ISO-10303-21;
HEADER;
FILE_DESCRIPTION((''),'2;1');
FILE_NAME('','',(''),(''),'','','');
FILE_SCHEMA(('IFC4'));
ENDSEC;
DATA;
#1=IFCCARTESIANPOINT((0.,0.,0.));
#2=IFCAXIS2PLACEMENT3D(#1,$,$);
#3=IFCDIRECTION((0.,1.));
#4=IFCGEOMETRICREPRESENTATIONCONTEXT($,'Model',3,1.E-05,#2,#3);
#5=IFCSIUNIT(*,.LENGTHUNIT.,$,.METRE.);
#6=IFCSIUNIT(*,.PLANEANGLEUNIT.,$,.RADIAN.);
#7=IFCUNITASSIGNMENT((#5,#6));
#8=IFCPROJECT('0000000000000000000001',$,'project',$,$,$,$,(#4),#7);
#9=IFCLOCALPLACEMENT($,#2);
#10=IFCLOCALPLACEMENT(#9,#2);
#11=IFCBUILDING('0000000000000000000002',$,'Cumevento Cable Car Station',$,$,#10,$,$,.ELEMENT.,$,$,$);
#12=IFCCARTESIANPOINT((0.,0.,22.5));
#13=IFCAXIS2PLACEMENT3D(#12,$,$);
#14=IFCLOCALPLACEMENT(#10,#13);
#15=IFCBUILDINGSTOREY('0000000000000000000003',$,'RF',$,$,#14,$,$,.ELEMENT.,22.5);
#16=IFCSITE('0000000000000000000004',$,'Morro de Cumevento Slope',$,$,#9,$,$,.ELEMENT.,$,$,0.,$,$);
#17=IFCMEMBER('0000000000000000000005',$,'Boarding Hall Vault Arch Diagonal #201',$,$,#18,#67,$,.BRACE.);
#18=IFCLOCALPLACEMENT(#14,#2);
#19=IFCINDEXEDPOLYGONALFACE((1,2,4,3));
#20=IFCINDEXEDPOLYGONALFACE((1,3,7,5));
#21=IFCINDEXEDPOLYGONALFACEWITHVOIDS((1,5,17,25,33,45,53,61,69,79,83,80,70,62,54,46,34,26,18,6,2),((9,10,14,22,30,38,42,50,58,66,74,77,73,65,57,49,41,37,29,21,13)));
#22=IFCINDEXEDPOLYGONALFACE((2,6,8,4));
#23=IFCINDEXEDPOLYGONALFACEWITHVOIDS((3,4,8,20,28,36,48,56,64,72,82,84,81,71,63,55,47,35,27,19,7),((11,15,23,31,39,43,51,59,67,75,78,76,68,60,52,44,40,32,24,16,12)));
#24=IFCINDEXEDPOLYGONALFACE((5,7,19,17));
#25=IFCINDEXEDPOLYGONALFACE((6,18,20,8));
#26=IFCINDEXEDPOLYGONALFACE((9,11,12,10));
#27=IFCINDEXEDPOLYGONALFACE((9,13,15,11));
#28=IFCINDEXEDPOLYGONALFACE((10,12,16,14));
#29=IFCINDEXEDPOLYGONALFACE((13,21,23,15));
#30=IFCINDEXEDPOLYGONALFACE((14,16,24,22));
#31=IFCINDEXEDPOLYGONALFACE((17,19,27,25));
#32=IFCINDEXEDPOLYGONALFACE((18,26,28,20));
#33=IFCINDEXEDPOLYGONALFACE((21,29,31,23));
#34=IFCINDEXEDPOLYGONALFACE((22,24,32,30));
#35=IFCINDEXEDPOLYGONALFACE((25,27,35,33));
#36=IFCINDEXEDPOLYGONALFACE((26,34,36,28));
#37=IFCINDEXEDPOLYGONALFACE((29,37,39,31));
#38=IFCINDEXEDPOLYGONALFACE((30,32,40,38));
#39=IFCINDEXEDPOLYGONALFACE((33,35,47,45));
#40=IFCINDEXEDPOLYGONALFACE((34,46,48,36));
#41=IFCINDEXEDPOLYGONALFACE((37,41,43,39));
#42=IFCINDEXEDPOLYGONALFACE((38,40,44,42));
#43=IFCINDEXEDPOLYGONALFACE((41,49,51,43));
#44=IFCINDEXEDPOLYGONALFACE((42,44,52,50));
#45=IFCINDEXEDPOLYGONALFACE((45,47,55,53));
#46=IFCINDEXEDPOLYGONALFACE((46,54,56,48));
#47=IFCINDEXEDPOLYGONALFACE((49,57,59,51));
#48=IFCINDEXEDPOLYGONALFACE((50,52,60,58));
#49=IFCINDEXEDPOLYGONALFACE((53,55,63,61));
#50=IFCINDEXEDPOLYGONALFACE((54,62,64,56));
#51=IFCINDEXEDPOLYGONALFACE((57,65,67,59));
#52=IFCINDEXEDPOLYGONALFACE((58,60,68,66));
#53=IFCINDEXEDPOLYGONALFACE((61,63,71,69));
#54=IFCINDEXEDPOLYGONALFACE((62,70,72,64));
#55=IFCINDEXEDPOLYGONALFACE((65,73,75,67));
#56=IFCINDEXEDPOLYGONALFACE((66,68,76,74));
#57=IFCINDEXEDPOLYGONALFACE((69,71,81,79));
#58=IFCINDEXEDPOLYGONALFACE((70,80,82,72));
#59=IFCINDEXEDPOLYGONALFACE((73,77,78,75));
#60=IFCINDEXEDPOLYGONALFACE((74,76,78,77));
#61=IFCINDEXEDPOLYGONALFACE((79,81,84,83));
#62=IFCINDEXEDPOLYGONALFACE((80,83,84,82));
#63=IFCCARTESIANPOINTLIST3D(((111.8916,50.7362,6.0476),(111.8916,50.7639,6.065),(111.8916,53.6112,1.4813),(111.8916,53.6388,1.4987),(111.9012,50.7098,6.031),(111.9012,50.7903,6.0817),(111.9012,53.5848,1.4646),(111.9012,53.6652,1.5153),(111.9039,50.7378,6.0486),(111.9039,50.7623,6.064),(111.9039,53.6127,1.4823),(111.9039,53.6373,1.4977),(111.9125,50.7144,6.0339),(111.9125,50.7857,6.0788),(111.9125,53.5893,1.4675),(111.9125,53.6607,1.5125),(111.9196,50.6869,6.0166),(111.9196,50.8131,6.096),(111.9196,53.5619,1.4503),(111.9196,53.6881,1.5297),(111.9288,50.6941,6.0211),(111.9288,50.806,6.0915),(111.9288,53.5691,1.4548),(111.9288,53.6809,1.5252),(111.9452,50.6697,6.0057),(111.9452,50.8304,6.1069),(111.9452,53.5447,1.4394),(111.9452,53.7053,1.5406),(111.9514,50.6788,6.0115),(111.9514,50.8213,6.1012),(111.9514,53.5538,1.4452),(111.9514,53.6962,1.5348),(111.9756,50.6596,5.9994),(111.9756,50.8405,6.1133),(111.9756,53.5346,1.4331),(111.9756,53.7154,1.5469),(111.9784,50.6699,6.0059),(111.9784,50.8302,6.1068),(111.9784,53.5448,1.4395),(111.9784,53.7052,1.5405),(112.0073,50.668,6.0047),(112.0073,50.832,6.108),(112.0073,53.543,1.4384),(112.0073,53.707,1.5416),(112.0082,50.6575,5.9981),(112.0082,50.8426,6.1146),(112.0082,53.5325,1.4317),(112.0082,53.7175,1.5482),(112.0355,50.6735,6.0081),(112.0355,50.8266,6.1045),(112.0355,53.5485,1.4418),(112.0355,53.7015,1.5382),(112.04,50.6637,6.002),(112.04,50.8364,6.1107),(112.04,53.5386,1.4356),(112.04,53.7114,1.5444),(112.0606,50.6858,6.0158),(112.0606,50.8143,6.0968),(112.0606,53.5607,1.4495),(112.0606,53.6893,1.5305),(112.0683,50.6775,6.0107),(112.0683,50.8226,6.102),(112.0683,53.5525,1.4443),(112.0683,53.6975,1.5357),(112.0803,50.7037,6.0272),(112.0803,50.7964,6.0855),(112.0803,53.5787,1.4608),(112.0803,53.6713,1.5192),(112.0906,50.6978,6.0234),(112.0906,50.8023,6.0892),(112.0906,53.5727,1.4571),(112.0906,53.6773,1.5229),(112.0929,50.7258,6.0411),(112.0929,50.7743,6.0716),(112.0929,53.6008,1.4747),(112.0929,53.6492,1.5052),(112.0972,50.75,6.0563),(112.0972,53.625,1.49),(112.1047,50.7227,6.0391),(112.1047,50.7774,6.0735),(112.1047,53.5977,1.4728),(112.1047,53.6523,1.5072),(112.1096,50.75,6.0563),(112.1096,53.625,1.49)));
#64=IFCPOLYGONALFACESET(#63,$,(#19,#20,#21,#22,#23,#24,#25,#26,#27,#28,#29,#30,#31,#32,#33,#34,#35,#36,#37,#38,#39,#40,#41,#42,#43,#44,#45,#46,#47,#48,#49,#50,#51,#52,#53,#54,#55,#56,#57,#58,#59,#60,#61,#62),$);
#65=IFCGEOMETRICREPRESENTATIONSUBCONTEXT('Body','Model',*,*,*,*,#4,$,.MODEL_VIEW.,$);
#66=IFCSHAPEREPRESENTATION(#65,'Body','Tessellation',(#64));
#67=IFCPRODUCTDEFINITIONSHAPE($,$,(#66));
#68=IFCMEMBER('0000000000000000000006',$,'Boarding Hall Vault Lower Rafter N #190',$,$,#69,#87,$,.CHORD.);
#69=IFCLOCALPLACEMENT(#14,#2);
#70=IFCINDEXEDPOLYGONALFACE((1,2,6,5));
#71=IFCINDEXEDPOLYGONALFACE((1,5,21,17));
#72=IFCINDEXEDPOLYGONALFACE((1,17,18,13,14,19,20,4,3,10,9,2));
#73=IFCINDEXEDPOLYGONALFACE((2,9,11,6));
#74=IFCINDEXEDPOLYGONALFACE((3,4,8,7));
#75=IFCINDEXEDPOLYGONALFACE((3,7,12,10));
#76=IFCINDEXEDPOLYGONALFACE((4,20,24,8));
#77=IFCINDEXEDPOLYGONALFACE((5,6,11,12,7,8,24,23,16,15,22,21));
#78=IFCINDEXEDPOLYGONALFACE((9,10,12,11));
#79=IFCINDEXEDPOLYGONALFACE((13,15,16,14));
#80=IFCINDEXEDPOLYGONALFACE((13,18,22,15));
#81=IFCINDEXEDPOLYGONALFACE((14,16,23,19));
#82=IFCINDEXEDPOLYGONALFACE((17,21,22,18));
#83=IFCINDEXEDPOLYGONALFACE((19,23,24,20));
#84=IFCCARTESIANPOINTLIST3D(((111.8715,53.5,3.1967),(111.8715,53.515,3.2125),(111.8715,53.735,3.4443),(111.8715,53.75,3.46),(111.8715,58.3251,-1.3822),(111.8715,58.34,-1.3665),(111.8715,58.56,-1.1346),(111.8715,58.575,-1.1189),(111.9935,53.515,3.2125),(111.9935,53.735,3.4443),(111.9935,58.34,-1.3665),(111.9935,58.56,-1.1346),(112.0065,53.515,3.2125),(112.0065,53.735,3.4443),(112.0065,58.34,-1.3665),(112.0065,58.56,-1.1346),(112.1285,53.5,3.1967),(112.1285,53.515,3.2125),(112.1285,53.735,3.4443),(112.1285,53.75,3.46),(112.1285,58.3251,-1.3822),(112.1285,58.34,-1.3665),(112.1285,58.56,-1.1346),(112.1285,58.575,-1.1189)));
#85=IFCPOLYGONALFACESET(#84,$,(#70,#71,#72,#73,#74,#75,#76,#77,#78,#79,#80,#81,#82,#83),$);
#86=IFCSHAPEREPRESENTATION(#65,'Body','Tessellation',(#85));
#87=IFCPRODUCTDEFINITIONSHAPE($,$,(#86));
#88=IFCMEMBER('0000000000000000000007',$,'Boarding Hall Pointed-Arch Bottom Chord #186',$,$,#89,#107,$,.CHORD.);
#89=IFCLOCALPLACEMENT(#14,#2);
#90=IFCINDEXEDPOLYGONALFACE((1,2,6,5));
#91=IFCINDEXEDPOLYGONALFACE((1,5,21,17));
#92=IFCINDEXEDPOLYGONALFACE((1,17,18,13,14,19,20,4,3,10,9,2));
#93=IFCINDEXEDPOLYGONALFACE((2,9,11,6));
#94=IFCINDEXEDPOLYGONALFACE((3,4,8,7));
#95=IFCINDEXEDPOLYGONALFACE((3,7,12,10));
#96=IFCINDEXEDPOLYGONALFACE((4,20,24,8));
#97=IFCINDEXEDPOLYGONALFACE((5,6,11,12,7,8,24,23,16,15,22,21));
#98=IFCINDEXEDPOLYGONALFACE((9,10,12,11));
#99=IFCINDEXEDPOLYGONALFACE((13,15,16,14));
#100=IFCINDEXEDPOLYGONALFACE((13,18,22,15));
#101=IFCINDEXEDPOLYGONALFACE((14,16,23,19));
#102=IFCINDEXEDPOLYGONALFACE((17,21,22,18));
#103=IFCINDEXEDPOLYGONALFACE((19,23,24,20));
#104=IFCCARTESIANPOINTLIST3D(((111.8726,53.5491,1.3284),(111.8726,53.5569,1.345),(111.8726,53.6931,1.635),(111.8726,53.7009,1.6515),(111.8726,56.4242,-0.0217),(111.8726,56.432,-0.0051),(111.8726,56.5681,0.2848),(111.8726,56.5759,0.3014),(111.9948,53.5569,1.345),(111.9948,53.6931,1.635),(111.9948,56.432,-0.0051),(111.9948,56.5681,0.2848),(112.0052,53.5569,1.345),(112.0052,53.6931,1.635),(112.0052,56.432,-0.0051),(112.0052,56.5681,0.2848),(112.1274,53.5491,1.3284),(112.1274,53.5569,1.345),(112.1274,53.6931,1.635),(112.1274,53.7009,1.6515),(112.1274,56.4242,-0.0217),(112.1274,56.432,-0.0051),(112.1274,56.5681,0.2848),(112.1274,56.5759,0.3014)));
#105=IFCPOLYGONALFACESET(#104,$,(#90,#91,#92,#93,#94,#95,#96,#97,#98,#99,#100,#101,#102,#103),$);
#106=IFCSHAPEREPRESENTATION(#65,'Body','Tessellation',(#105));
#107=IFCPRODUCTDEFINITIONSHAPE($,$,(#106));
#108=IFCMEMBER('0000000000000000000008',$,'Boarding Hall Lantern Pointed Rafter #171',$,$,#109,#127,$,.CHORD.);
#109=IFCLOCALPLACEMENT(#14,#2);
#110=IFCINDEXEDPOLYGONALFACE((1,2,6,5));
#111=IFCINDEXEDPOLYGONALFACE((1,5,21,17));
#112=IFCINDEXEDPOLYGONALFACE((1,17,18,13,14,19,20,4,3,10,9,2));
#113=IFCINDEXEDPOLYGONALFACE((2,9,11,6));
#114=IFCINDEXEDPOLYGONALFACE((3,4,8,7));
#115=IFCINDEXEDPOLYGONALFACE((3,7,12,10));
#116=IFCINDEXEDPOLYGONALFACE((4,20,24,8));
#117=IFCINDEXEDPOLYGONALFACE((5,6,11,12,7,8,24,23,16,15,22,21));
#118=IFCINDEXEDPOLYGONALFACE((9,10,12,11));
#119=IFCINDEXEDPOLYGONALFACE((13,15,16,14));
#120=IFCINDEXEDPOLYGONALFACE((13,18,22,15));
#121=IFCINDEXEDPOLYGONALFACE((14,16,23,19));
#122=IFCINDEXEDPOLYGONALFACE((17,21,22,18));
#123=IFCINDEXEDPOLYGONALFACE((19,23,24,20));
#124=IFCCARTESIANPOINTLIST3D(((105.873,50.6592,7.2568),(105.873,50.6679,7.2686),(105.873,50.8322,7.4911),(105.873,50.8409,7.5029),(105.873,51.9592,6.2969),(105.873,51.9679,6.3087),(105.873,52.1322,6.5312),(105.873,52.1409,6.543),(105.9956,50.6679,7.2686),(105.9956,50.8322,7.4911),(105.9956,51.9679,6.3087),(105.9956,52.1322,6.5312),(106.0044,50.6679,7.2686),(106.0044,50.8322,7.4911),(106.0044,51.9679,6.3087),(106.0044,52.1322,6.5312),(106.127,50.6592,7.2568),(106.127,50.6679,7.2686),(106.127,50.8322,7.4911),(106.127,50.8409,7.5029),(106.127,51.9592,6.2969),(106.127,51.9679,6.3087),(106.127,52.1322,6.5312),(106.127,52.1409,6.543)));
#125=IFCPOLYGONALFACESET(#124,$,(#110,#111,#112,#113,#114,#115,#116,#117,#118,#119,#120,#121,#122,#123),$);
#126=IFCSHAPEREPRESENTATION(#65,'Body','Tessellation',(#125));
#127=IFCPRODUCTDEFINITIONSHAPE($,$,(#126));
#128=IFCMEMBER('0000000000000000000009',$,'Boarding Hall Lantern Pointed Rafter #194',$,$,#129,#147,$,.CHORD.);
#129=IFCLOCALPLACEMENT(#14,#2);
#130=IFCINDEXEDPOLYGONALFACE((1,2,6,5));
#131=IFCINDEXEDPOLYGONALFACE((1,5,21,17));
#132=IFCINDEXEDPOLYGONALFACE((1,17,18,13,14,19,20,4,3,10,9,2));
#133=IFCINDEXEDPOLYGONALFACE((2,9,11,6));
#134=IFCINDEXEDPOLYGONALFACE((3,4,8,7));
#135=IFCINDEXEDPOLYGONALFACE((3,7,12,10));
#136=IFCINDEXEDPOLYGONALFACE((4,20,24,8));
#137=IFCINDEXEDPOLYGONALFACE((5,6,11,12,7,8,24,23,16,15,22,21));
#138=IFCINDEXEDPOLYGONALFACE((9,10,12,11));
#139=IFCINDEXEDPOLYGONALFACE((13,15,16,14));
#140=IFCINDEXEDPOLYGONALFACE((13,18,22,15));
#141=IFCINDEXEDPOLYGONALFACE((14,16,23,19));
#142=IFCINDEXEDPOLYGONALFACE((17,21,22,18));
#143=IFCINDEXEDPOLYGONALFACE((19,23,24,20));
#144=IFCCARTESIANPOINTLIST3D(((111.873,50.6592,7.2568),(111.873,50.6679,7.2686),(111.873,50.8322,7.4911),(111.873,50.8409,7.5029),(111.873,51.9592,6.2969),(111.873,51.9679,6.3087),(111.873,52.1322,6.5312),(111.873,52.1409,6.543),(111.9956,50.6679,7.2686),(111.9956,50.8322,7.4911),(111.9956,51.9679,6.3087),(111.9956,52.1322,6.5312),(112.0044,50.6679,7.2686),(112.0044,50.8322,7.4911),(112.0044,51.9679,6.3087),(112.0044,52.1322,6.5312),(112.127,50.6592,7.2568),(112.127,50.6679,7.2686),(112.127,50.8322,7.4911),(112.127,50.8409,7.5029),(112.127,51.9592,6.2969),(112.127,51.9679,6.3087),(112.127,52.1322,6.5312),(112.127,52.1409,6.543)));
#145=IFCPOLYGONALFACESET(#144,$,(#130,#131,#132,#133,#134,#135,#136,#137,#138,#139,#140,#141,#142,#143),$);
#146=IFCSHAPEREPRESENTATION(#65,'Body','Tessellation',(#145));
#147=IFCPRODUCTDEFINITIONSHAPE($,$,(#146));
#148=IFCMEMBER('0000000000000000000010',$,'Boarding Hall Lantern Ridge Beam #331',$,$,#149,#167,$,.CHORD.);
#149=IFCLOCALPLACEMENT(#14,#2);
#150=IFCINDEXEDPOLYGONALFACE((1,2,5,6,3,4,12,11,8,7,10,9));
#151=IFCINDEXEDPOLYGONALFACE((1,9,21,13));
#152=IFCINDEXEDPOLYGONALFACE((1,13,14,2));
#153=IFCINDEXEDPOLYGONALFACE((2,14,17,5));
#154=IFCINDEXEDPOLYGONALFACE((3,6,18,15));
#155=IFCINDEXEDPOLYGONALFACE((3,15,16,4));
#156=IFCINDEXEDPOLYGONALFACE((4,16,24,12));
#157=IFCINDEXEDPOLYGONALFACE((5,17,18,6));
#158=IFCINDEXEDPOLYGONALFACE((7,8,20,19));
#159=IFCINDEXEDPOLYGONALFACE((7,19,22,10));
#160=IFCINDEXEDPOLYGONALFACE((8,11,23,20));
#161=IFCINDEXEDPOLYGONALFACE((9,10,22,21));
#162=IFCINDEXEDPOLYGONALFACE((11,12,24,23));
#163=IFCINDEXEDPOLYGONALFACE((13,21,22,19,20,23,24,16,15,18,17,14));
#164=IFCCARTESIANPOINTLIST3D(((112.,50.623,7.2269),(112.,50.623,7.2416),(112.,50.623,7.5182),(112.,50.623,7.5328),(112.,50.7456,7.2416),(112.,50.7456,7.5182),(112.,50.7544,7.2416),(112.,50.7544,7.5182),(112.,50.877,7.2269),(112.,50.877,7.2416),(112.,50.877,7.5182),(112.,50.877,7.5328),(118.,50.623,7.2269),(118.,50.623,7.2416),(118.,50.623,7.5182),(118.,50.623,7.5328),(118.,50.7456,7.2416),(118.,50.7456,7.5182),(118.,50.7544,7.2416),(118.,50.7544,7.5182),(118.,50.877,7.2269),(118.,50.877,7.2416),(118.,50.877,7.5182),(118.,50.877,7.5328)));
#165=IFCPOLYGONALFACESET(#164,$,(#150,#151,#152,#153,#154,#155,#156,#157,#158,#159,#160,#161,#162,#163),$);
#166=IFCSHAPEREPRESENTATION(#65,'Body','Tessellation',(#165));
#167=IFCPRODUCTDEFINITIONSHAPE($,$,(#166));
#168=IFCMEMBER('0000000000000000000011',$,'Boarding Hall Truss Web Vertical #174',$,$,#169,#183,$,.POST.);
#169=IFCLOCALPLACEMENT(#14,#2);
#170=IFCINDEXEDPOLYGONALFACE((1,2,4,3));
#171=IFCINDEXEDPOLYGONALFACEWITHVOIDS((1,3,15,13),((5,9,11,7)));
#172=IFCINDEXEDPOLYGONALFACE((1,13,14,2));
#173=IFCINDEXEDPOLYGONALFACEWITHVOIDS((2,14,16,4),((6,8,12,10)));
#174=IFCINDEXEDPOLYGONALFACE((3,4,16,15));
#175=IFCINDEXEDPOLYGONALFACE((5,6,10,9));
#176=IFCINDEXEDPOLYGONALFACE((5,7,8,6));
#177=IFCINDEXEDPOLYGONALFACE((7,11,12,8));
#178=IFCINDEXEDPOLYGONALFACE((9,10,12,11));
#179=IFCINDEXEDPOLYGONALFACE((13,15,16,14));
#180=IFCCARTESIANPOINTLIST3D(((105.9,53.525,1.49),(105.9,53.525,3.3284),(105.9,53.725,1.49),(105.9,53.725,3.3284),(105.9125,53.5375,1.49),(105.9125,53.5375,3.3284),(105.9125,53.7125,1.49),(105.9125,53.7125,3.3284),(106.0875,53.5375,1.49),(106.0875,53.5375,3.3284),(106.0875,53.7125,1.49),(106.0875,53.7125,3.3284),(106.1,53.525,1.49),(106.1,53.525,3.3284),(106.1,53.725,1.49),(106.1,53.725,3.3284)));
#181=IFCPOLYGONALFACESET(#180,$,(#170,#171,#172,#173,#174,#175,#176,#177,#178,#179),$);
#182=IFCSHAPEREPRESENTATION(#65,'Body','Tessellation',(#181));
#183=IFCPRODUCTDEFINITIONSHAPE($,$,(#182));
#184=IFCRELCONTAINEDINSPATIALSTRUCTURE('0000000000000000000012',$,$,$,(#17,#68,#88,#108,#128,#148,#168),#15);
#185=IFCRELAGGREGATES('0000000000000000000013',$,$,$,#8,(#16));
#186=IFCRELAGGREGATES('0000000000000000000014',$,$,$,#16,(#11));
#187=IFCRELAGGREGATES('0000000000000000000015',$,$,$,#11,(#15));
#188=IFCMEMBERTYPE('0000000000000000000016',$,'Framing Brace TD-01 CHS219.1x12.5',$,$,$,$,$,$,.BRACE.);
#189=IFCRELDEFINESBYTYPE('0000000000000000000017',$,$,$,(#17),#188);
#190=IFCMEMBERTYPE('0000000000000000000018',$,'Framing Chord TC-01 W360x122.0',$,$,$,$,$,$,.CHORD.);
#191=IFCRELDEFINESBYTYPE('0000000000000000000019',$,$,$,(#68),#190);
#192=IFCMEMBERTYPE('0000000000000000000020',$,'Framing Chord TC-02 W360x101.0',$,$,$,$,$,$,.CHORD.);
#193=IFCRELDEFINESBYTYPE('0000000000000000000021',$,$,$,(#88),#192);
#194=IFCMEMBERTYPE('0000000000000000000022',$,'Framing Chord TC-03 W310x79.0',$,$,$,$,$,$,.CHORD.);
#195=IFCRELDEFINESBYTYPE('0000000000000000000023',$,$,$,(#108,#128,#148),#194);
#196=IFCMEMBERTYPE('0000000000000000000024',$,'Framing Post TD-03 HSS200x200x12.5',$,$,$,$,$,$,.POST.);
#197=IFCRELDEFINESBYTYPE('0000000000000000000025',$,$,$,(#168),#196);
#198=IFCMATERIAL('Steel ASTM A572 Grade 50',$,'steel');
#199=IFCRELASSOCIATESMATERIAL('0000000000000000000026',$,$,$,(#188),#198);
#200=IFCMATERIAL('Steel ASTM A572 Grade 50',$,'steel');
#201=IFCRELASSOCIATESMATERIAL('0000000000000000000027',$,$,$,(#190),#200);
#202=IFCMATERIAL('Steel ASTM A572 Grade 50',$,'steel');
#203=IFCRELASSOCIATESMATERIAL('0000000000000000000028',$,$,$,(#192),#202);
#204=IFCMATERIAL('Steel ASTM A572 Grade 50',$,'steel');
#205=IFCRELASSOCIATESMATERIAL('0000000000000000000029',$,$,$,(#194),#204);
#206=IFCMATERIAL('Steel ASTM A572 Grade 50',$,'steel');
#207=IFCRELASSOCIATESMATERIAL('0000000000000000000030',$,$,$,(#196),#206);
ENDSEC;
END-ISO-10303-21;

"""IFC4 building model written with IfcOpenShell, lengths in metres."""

from ifc_helpers import new_model, si_unit, direction, frame, origin, origin_2d, place, context, subcontext, project, spatial, hollow_rectangle, hollow_circle, i_section, extrude, material, material_profile, profile_set, type_object, element, save


model = new_model("IFC4")

# Units and contexts
model_context = context("Model", 3, precision=1e-05, world=origin(), true_north=direction((0.0, 1.0)))
body_context = subcontext(model_context, "Body", "Model", "MODEL_VIEW")
ifc_project = project(units=[si_unit("LENGTHUNIT", "METRE"), si_unit("PLANEANGLEUNIT", "RADIAN")], contexts=[model_context])

# Site, building, storey
site_placement = place(None, origin())
site = spatial("IfcSite", under=ifc_project, at=site_placement, Name="Morro de Cumevento Slope", CompositionType="ELEMENT", RefElevation=0.0)
building_placement = place(site_placement, origin())
building = spatial("IfcBuilding", under=site, at=building_placement, Name="Cumevento Cable Car Station", CompositionType="ELEMENT")
storey_placement = place(building_placement, frame((0.0, 0.0, 22.5)))
storey = spatial("IfcBuildingStorey", under=building, at=storey_placement, Name="RF", CompositionType="ELEMENT", Elevation=22.5)

# Members
ifc_material_1 = material(Name="Steel ASTM A572 Grade 50", Category="steel")
ifc_material_profile_1 = material_profile(ifc_material_1, hollow_circle(Radius=0.1096, WallThickness=0.0125, at=origin_2d()), Name="CHS219.1x12.5")
ifc_profile_set_1 = profile_set([ifc_material_profile_1], Name="Steel ASTM A572 Grade 50")
member_type_1 = type_object("IfcMemberType", Name="Framing Brace TD-01 CHS219.1x12.5", PredefinedType="BRACE", material=ifc_profile_set_1)
for number, where, z_axis, x_axis, name in (
    (1, (112.0, 53.625, 1.49), (0.0, -0.532794, 0.846245), (1.0, 0.0, 0.0), "Boarding Hall Vault Arch Diagonal #201"),
):
    element("IfcMember", number, at=place(storey_placement, frame(where, z_axis=z_axis, x_axis=x_axis)), inside=storey, type_object=member_type_1, Name=name, PredefinedType="BRACE", context=body_context, shape_type="SweptSolid", body=[
        extrude(hollow_circle(Radius=0.1096, WallThickness=0.0125, at=origin_2d()), origin(), (0.0, 0.0, 1.0), 5.396),
    ])
ifc_material_2 = material(Name="Steel ASTM A572 Grade 50", Category="steel")
ifc_material_profile_2 = material_profile(ifc_material_2, i_section(OverallWidth=0.2571, OverallDepth=0.363, WebThickness=0.0129, FlangeThickness=0.0217, at=origin_2d()), Name="W360x122.0")
ifc_profile_set_2 = profile_set([ifc_material_profile_2], Name="Steel ASTM A572 Grade 50")
member_type_2 = type_object("IfcMemberType", Name="Framing Chord TC-01 W360x122.0", PredefinedType="CHORD", material=ifc_profile_set_2)
member_1_placement = place(storey_placement, frame((112.0, 53.625, 3.3284), z_axis=(0.0, 0.725363, -0.688366), x_axis=(-1.0, 0.0, 0.0)))
element("IfcMember", 2, at=member_1_placement, inside=storey, type_object=member_type_2, Name="Boarding Hall Vault Lower Rafter N #190", PredefinedType="CHORD", context=body_context, shape_type="SweptSolid", body=[
    extrude(i_section(OverallWidth=0.2571, OverallDepth=0.363, WebThickness=0.0129, FlangeThickness=0.0217, at=origin_2d()), origin(), (0.0, 0.0, 1.0), 6.6519),
])
ifc_material_3 = material(Name="Steel ASTM A572 Grade 50", Category="steel")
ifc_material_profile_3 = material_profile(ifc_material_3, i_section(OverallWidth=0.2549, OverallDepth=0.3569, WebThickness=0.0105, FlangeThickness=0.0183, at=origin_2d()), Name="W360x101.0")
ifc_profile_set_3 = profile_set([ifc_material_profile_3], Name="Steel ASTM A572 Grade 50")
member_type_3 = type_object("IfcMemberType", Name="Framing Chord TC-02 W360x101.0", PredefinedType="CHORD", material=ifc_profile_set_3)
member_2_placement = place(storey_placement, frame((112.0, 53.625, 1.49), z_axis=(0.0, 0.905163, -0.425064), x_axis=(-1.0, 0.0, 0.0)))
element("IfcMember", 3, at=member_2_placement, inside=storey, type_object=member_type_3, Name="Boarding Hall Pointed-Arch Bottom Chord #186", PredefinedType="CHORD", context=body_context, shape_type="SweptSolid", body=[
    extrude(i_section(OverallWidth=0.2549, OverallDepth=0.3569, WebThickness=0.0105, FlangeThickness=0.0183, at=origin_2d()), origin(), (0.0, 0.0, 1.0), 3.1763),
])
ifc_material_4 = material(Name="Steel ASTM A572 Grade 50", Category="steel")
ifc_material_profile_4 = material_profile(ifc_material_4, i_section(OverallWidth=0.2539, OverallDepth=0.3059, WebThickness=0.0088, FlangeThickness=0.0146, at=origin_2d()), Name="W310x79.0")
ifc_profile_set_4 = profile_set([ifc_material_profile_4], Name="Steel ASTM A572 Grade 50")
member_type_4 = type_object("IfcMemberType", Name="Framing Chord TC-03 W310x79.0", PredefinedType="CHORD", material=ifc_profile_set_4)
for number, where, z_axis, x_axis, name in (
    (4, (106.0, 52.05, 6.4199), (0.0, -0.804455, 0.594013), (1.0, 0.0, 0.0), "Boarding Hall Lantern Pointed Rafter #171"),
    (5, (112.0, 52.05, 6.4199), (0.0, -0.804455, 0.594013), (1.0, 0.0, 0.0), "Boarding Hall Lantern Pointed Rafter #194"),
):
    element("IfcMember", number, at=place(storey_placement, frame(where, z_axis=z_axis, x_axis=x_axis)), inside=storey, type_object=member_type_4, Name=name, PredefinedType="CHORD", context=body_context, shape_type="SweptSolid", body=[
        extrude(i_section(OverallWidth=0.2539, OverallDepth=0.3059, WebThickness=0.0088, FlangeThickness=0.0146, at=origin_2d()), origin(), (0.0, 0.0, 1.0), 1.616),
    ])
member_3_placement = place(storey_placement, frame((112.0, 50.75, 7.3799), z_axis=(1.0, 0.0, 0.0), x_axis=(0.0, 1.0, 0.0)))
element("IfcMember", 6, at=member_3_placement, inside=storey, type_object=member_type_4, Name="Boarding Hall Lantern Ridge Beam #331", PredefinedType="CHORD", context=body_context, shape_type="SweptSolid", body=[
    extrude(i_section(OverallWidth=0.2539, OverallDepth=0.3059, WebThickness=0.0088, FlangeThickness=0.0146, at=origin_2d()), origin(), (0.0, 0.0, 1.0), 6.0),
])
ifc_material_5 = material(Name="Steel ASTM A572 Grade 50", Category="steel")
ifc_material_profile_5 = material_profile(ifc_material_5, hollow_rectangle(XDim=0.2, YDim=0.2, WallThickness=0.0125, at=origin_2d()), Name="HSS200x200x12.5")
ifc_profile_set_5 = profile_set([ifc_material_profile_5], Name="Steel ASTM A572 Grade 50")
member_type_5 = type_object("IfcMemberType", Name="Framing Post TD-03 HSS200x200x12.5", PredefinedType="POST", material=ifc_profile_set_5)
member_4_placement = place(storey_placement, frame((106.0, 53.625, 1.49), z_axis=(0.0, 0.0, 1.0), x_axis=(1.0, 0.0, 0.0)))
element("IfcMember", 7, at=member_4_placement, inside=storey, type_object=member_type_5, Name="Boarding Hall Truss Web Vertical #174", PredefinedType="POST", context=body_context, shape_type="SweptSolid", body=[
    extrude(hollow_rectangle(XDim=0.2, YDim=0.2, WallThickness=0.0125, at=origin_2d()), origin(), (0.0, 0.0, 1.0), 1.8384),
])

save(model, "model.ifc")
